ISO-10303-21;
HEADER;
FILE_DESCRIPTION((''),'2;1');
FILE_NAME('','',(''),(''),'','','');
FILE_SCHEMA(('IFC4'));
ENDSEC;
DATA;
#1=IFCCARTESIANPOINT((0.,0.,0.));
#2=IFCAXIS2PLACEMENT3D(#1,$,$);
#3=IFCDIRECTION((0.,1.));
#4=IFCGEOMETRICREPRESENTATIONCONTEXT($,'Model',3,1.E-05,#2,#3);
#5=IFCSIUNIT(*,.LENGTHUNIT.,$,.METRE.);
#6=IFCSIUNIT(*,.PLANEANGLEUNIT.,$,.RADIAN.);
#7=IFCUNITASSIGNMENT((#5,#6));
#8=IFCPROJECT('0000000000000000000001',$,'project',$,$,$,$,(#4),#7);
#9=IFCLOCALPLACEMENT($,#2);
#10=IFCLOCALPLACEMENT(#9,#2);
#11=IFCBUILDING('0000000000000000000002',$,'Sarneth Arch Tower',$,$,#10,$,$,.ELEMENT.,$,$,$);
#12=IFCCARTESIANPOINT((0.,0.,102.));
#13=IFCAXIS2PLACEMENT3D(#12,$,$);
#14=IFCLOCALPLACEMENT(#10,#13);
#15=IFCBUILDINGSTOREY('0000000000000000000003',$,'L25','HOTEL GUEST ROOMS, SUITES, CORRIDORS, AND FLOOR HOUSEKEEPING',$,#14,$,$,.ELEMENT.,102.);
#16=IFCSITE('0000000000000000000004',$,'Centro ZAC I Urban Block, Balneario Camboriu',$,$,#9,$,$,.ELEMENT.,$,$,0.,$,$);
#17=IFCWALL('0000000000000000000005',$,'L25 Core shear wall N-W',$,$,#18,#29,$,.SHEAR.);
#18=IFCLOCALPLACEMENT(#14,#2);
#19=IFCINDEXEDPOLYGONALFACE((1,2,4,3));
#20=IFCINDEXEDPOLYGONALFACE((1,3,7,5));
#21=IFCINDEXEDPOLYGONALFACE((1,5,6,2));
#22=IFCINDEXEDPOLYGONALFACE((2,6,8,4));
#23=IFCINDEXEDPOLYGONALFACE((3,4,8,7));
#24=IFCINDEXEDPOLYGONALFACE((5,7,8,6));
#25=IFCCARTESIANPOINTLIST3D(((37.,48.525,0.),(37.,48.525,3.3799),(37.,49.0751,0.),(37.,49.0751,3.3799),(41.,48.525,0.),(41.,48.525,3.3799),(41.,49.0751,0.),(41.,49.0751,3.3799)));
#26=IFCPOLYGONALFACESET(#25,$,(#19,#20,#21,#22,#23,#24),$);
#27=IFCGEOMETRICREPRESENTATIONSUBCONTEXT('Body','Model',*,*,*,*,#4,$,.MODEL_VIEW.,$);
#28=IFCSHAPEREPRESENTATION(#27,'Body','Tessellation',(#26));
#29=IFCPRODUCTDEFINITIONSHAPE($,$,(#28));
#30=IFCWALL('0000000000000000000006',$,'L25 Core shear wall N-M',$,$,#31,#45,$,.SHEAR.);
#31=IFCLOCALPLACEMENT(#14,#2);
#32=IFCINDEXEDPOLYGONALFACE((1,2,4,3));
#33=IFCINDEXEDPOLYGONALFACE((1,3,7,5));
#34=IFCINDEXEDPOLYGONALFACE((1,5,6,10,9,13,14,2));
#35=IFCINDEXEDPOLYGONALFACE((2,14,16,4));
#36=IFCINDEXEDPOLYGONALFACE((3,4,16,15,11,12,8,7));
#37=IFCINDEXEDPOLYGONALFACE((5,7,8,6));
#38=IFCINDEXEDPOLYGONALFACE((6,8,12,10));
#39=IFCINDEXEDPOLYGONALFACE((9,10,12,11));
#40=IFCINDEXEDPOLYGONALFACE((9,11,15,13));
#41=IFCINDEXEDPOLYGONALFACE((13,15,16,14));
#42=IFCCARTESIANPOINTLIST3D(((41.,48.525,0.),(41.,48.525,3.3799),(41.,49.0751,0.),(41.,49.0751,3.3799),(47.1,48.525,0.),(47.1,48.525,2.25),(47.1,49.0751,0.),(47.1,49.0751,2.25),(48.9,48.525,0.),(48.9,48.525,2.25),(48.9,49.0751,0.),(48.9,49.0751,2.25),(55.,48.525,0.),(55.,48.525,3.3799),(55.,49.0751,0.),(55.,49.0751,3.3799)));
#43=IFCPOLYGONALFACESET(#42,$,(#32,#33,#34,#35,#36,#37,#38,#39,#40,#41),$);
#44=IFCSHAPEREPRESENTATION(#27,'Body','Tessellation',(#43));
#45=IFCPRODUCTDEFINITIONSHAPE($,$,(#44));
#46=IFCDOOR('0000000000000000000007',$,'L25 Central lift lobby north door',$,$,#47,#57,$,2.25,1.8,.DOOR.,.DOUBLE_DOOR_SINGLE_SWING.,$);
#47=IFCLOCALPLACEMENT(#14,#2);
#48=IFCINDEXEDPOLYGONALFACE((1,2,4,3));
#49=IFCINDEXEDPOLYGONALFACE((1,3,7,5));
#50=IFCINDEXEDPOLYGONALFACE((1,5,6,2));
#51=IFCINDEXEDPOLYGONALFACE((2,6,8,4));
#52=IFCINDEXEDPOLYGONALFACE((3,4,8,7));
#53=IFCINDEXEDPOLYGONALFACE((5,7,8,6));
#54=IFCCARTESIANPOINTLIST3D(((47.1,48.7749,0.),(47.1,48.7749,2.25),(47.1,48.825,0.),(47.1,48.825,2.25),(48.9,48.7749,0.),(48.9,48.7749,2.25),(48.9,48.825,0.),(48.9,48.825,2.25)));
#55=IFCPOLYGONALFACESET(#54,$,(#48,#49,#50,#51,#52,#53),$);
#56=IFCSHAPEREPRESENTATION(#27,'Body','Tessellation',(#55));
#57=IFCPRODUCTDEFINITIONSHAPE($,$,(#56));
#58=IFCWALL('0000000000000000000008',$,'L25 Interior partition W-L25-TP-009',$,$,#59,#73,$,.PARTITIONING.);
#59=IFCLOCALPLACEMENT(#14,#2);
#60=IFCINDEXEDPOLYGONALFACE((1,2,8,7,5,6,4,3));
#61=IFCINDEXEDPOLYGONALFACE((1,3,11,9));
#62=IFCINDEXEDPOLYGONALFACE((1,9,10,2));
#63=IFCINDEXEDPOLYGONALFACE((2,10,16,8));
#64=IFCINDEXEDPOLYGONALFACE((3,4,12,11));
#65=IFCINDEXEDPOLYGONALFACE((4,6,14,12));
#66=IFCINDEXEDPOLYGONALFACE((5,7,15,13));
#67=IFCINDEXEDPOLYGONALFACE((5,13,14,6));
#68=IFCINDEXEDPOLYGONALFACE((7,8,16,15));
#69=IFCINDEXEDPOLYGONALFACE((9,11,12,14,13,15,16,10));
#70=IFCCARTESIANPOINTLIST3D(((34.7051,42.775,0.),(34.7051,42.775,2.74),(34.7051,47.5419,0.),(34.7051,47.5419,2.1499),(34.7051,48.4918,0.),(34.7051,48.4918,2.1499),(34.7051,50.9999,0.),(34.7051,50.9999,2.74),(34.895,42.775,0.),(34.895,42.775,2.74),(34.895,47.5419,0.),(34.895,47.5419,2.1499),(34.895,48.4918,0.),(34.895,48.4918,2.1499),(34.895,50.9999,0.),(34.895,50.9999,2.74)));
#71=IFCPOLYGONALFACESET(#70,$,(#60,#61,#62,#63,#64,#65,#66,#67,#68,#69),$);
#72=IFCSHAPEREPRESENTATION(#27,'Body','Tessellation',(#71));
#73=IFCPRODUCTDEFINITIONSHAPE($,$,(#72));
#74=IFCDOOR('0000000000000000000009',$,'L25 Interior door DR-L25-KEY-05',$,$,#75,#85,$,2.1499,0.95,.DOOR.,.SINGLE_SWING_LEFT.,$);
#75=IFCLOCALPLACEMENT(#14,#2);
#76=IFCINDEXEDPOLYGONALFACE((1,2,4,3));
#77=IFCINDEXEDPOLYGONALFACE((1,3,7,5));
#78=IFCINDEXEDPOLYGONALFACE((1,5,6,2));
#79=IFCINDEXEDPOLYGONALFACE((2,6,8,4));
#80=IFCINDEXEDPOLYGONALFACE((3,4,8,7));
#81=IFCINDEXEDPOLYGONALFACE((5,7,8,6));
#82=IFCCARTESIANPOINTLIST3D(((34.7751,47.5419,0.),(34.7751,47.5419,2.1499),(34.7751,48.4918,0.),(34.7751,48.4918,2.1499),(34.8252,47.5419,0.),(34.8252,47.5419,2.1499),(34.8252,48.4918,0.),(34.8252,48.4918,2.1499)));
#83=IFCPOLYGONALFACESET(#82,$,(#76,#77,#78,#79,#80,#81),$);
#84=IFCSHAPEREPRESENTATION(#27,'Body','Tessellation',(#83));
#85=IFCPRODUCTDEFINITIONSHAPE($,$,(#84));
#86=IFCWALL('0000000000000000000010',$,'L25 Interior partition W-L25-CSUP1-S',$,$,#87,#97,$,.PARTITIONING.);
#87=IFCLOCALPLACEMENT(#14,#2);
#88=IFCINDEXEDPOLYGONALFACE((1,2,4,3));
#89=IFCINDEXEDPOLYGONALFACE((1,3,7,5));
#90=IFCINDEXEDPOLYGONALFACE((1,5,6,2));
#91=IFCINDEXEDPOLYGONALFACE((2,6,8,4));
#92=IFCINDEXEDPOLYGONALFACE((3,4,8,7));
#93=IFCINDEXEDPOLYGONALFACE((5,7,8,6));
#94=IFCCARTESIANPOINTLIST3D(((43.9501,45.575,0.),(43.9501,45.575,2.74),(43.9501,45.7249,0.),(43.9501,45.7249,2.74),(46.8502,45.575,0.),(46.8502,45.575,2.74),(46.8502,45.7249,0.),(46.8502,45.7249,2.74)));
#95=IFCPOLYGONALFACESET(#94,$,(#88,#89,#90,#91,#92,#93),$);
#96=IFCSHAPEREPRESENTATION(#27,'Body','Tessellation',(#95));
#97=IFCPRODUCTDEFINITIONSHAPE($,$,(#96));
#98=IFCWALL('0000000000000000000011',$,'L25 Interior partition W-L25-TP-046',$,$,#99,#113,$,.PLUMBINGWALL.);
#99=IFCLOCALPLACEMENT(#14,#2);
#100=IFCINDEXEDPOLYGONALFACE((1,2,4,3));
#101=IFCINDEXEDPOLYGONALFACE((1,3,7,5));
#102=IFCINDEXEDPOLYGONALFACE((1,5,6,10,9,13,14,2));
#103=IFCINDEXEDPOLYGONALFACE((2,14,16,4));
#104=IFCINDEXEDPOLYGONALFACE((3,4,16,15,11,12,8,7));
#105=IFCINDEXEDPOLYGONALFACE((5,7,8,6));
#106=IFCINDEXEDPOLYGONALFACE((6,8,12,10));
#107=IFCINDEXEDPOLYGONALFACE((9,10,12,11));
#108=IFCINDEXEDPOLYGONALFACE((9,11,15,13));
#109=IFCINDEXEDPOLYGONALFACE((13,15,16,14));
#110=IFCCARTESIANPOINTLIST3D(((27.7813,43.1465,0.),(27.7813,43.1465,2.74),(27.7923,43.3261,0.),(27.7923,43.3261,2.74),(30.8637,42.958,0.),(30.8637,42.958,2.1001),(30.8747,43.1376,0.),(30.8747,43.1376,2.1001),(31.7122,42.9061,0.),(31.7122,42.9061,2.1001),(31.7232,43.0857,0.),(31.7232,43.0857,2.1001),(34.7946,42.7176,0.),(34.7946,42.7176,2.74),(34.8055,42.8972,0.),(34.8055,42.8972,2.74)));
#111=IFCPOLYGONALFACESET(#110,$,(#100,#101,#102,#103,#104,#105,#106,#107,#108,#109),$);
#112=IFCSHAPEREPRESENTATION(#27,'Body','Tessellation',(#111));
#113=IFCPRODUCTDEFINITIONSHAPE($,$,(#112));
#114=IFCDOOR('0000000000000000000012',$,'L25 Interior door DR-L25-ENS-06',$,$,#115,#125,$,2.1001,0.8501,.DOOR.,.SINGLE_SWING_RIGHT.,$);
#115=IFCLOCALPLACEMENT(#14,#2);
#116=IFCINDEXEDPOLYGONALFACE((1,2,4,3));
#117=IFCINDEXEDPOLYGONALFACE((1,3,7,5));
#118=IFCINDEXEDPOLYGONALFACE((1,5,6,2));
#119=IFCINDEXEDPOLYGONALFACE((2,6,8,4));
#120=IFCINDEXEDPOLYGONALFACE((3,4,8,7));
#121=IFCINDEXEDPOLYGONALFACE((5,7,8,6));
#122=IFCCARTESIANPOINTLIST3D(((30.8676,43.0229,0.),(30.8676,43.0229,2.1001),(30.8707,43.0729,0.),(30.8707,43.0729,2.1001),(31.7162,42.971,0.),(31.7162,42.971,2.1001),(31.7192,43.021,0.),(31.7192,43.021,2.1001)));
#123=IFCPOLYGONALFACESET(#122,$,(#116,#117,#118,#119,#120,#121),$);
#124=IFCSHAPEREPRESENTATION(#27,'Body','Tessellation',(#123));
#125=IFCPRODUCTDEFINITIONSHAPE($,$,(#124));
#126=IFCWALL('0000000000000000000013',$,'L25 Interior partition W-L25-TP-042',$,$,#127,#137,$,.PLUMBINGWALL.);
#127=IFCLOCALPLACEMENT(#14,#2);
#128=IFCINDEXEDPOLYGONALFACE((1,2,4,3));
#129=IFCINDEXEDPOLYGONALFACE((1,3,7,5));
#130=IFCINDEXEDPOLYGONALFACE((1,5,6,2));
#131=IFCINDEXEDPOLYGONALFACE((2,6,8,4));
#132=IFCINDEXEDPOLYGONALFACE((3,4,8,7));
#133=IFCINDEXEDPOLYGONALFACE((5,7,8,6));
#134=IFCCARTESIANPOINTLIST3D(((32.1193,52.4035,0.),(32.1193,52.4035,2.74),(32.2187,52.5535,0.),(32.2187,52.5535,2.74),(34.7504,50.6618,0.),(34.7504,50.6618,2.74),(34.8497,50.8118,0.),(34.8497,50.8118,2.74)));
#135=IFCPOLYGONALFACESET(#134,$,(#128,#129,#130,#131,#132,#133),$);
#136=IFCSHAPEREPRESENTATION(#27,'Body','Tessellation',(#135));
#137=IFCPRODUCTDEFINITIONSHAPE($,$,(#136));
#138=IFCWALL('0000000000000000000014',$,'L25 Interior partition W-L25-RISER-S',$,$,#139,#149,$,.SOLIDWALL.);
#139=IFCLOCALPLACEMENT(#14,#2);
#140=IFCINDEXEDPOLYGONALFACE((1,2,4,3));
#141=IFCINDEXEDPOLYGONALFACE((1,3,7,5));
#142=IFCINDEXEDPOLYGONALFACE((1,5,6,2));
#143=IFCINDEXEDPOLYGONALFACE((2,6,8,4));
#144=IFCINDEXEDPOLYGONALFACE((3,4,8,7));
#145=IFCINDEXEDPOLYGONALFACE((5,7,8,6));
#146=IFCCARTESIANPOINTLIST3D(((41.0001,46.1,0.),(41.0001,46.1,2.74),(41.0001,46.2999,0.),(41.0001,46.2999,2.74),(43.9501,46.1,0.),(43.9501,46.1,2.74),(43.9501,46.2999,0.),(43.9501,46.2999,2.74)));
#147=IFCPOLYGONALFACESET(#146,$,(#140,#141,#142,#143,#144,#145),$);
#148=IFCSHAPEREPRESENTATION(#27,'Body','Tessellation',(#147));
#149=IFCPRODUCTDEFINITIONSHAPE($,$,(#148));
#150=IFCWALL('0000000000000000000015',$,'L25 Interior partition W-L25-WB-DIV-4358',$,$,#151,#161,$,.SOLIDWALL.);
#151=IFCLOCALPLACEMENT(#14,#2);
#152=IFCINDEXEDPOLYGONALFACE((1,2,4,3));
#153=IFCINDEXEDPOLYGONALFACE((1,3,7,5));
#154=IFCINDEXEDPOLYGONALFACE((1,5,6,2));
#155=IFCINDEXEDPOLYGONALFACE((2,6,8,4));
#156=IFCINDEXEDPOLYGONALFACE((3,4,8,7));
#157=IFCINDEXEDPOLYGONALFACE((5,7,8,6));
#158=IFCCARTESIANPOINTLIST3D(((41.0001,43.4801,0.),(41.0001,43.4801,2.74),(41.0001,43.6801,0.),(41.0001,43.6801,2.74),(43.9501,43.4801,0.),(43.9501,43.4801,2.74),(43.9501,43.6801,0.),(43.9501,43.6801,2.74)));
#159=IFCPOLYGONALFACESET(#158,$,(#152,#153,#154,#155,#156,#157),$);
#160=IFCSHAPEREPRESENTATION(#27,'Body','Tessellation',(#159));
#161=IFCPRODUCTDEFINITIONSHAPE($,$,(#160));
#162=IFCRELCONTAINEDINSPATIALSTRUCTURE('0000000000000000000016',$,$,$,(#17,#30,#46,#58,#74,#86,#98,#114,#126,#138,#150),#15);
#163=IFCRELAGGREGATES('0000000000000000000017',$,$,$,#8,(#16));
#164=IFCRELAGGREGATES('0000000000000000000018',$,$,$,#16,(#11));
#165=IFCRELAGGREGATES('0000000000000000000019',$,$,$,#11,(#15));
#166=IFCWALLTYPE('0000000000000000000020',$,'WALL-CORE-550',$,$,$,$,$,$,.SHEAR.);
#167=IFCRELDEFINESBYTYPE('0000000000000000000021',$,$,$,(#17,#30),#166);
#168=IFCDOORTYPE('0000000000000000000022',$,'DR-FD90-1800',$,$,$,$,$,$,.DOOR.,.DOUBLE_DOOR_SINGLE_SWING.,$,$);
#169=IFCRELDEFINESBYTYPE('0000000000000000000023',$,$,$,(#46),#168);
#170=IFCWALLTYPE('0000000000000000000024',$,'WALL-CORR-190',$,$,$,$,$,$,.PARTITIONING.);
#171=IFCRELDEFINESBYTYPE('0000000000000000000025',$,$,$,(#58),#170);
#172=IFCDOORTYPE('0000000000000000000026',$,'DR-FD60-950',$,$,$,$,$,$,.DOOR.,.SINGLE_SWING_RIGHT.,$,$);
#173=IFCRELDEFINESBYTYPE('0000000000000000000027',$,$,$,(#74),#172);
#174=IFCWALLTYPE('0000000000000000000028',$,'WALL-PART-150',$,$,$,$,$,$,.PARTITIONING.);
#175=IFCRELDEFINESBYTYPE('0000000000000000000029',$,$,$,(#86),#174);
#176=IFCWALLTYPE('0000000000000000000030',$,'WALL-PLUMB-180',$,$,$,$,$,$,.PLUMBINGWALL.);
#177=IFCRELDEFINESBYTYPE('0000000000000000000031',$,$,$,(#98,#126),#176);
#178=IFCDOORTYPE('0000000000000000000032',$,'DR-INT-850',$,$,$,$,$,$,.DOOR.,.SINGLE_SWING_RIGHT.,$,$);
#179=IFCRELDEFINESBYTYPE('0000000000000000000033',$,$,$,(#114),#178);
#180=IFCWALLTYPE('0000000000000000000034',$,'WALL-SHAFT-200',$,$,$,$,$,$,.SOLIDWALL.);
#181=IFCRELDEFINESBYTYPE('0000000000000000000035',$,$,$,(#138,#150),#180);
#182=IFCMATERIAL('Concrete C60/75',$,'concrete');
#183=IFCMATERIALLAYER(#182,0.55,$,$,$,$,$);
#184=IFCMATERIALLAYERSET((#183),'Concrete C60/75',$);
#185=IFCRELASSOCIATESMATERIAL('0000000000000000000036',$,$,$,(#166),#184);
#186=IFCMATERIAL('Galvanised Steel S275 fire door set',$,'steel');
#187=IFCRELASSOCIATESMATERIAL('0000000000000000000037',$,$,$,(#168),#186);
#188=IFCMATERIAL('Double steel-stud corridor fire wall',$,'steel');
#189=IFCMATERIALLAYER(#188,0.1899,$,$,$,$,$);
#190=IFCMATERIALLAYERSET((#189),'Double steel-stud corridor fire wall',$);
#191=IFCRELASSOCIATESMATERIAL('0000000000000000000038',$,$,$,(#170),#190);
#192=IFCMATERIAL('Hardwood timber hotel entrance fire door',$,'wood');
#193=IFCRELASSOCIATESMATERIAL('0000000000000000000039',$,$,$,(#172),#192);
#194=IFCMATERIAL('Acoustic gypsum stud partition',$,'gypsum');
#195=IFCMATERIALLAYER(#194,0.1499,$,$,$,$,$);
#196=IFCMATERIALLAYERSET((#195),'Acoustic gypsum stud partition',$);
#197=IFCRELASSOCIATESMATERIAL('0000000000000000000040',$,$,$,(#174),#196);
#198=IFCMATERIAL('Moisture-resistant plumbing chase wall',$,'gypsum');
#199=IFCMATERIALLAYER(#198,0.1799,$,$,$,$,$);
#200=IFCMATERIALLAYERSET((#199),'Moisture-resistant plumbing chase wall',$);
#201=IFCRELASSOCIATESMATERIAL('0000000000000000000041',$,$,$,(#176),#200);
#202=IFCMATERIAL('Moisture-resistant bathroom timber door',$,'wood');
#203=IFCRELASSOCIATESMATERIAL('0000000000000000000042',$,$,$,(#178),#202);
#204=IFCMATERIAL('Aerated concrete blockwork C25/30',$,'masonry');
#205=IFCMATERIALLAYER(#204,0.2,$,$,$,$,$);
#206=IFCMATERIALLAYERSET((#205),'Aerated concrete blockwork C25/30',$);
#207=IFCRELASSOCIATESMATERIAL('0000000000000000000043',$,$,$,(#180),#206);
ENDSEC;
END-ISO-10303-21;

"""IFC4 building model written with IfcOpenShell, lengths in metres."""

from ifc_helpers import new_model, si_unit, direction, frame, frame_2d, origin, place, context, subcontext, project, spatial, rectangle, extrude, material, layer, layer_set, type_object, element, fill, save


model = new_model("IFC4")

# Units and contexts
model_context = context("Model", 3, precision=1e-05, world=origin(), true_north=direction((0.0, 1.0)))
body_context = subcontext(model_context, "Body", "Model", "MODEL_VIEW")
ifc_project = project(units=[si_unit("LENGTHUNIT", "METRE"), si_unit("PLANEANGLEUNIT", "RADIAN")], contexts=[model_context])

# Site, building, storey
site_placement = place(None, origin())
site = spatial("IfcSite", under=ifc_project, at=site_placement, Name="Centro ZAC I Urban Block, Balneario Camboriu", CompositionType="ELEMENT", RefElevation=0.0)
building_placement = place(site_placement, origin())
building = spatial("IfcBuilding", under=site, at=building_placement, Name="Sarneth Arch Tower", CompositionType="ELEMENT")
storey_placement = place(building_placement, frame((0.0, 0.0, 102.0)))
storey = spatial("IfcBuildingStorey", under=building, at=storey_placement, Name="L25", Description="HOTEL GUEST ROOMS, SUITES, CORRIDORS, AND FLOOR HOUSEKEEPING", CompositionType="ELEMENT", Elevation=102.0)

# Wall
ifc_material_1 = material(Name="Concrete C60/75", Category="concrete")
ifc_layer_1 = layer(ifc_material_1, 0.55)
ifc_layer_set_1 = layer_set([ifc_layer_1], Name="Concrete C60/75")
wall_type_1 = type_object("IfcWallType", Name="WALL-CORE-550", PredefinedType="SHEAR", material=ifc_layer_set_1)
wall_1_placement = place(storey_placement, frame((37.0, 48.8, 0.0), z_axis=(0.0, 0.0, 1.0), x_axis=(1.0, 0.0, 0.0)))
element("IfcWall", 1, at=wall_1_placement, inside=storey, type_object=wall_type_1, Name="L25 Core shear wall N-W", PredefinedType="SHEAR", context=body_context, shape_type="SweptSolid", body=[
    extrude(rectangle(XDim=4.0, YDim=0.55, at=frame_2d((2.0, 0.0))), origin(), (0.0, 0.0, 1.0), 3.3799),
])

# Walls, openings, doors
wall_2_placement = place(storey_placement, frame((41.0, 48.8, 0.0), z_axis=(0.0, 0.0, 1.0), x_axis=(1.0, 0.0, 0.0)))
wall_2 = element("IfcWall", 2, at=wall_2_placement, inside=storey, type_object=wall_type_1, Name="L25 Core shear wall N-M", PredefinedType="SHEAR", context=body_context, shape_type="SweptSolid", body=[
    extrude(rectangle(XDim=14.0, YDim=0.55, at=frame_2d((7.0, 0.0))), origin(), (0.0, 0.0, 1.0), 3.3799),
])
opening_1_placement = place(wall_2_placement, frame((6.1001, 0.0, 0.0)))
opening_1 = element("IfcOpeningElement", 3, at=opening_1_placement, cuts=wall_2, PredefinedType="OPENING", context=body_context, shape_type="SweptSolid", body=[
    extrude(rectangle(XDim=1.8, YDim=2.25, at=frame_2d((0.8999, 1.125))), frame((0.0, 0.2849, 0.0), z_axis=(0.0, -1.0, 0.0), x_axis=(1.0, 0.0, 0.0)), (0.0, 0.0, 1.0), 0.5701),
])
ifc_material_2 = material(Name="Galvanised Steel S275 fire door set", Category="steel")
door_type_1 = type_object("IfcDoorType", Name="DR-FD90-1800", OperationType="DOUBLE_DOOR_SINGLE_SWING", PredefinedType="DOOR", material=ifc_material_2)
door_1_placement = place(opening_1_placement, origin())
door_1 = element("IfcDoor", 4, at=door_1_placement, inside=storey, type_object=door_type_1, Name="L25 Central lift lobby north door", OperationType="DOUBLE_DOOR_SINGLE_SWING", OverallHeight=2.25, OverallWidth=1.8, PredefinedType="DOOR", context=body_context, shape_type="SweptSolid", body=[
    extrude(rectangle(XDim=1.8, YDim=2.25, at=frame_2d((0.8999, 1.125))), frame((0.0, 0.0249, 0.0), z_axis=(0.0, -1.0, 0.0), x_axis=(1.0, 0.0, 0.0)), (0.0, 0.0, 1.0), 0.05),
])
fill(opening_1, door_1)
ifc_material_3 = material(Name="Double steel-stud corridor fire wall", Category="steel")
ifc_layer_2 = layer(ifc_material_3, 0.1899)
ifc_layer_set_2 = layer_set([ifc_layer_2], Name="Double steel-stud corridor fire wall")
wall_type_2 = type_object("IfcWallType", Name="WALL-CORR-190", PredefinedType="PARTITIONING", material=ifc_layer_set_2)
wall_3_placement = place(storey_placement, frame((34.8, 42.7751, 0.0), z_axis=(0.0, 0.0, 1.0), x_axis=(0.0, 1.0, 0.0)))
wall_3 = element("IfcWall", 5, at=wall_3_placement, inside=storey, type_object=wall_type_2, Name="L25 Interior partition W-L25-TP-009", PredefinedType="PARTITIONING", context=body_context, shape_type="SweptSolid", body=[
    extrude(rectangle(XDim=8.2249, YDim=0.1899, at=frame_2d((4.1123, 0.0))), origin(), (0.0, 0.0, 1.0), 2.74),
])
opening_2_placement = place(wall_3_placement, frame((4.7666, 0.0, 0.0)))
opening_2 = element("IfcOpeningElement", 6, at=opening_2_placement, cuts=wall_3, PredefinedType="OPENING", context=body_context, shape_type="SweptSolid", body=[
    extrude(rectangle(XDim=0.95, YDim=2.1499, at=frame_2d((0.4751, 1.075))), frame((0.0, 0.105, 0.0), z_axis=(0.0, -1.0, 0.0), x_axis=(1.0, 0.0, 0.0)), (0.0, 0.0, 1.0), 0.21),
])
ifc_material_4 = material(Name="Hardwood timber hotel entrance fire door", Category="wood")
door_type_2 = type_object("IfcDoorType", Name="DR-FD60-950", OperationType="SINGLE_SWING_RIGHT", PredefinedType="DOOR", material=ifc_material_4)
door_2_placement = place(opening_2_placement, origin())
door_2 = element("IfcDoor", 7, at=door_2_placement, inside=storey, type_object=door_type_2, Name="L25 Interior door DR-L25-KEY-05", OperationType="SINGLE_SWING_LEFT", OverallHeight=2.1499, OverallWidth=0.95, PredefinedType="DOOR", context=body_context, shape_type="SweptSolid", body=[
    extrude(rectangle(XDim=0.95, YDim=2.1499, at=frame_2d((0.4751, 1.075))), frame((0.0, 0.0249, 0.0), z_axis=(0.0, -1.0, 0.0), x_axis=(1.0, 0.0, 0.0)), (0.0, 0.0, 1.0), 0.05),
])
fill(opening_2, door_2)

# Wall
ifc_material_5 = material(Name="Acoustic gypsum stud partition", Category="gypsum")
ifc_layer_3 = layer(ifc_material_5, 0.1499)
ifc_layer_set_3 = layer_set([ifc_layer_3], Name="Acoustic gypsum stud partition")
wall_type_3 = type_object("IfcWallType", Name="WALL-PART-150", PredefinedType="PARTITIONING", material=ifc_layer_set_3)
wall_4_placement = place(storey_placement, frame((43.95, 45.6499, 0.0), z_axis=(0.0, 0.0, 1.0), x_axis=(1.0, 0.0, 0.0)))
element("IfcWall", 8, at=wall_4_placement, inside=storey, type_object=wall_type_3, Name="L25 Interior partition W-L25-CSUP1-S", PredefinedType="PARTITIONING", context=body_context, shape_type="SweptSolid", body=[
    extrude(rectangle(XDim=2.9001, YDim=0.1499, at=frame_2d((1.4502, 0.0))), origin(), (0.0, 0.0, 1.0), 2.74),
])

# Wall, opening, door
ifc_material_6 = material(Name="Moisture-resistant plumbing chase wall", Category="gypsum")
ifc_layer_4 = layer(ifc_material_6, 0.1799)
ifc_layer_set_4 = layer_set([ifc_layer_4], Name="Moisture-resistant plumbing chase wall")
wall_type_4 = type_object("IfcWallType", Name="WALL-PLUMB-180", PredefinedType="PLUMBINGWALL", material=ifc_layer_set_4)
wall_5_placement = place(storey_placement, frame((34.8, 42.8074, 0.0), z_axis=(0.0, 0.0, 1.0), x_axis=(-0.998135, 0.06105, 0.0)))
wall_5 = element("IfcWall", 9, at=wall_5_placement, inside=storey, type_object=wall_type_4, Name="L25 Interior partition W-L25-TP-046", PredefinedType="PLUMBINGWALL", context=body_context, shape_type="SweptSolid", body=[
    extrude(rectangle(XDim=7.0264, YDim=0.1799, at=frame_2d((3.5132, 0.0))), origin(), (0.0, 0.0, 1.0), 2.74),
])
opening_3_placement = place(wall_5_placement, frame((3.0881, 0.0, 0.0)))
opening_3 = element("IfcOpeningElement", 10, at=opening_3_placement, cuts=wall_5, PredefinedType="OPENING", context=body_context, shape_type="SweptSolid", body=[
    extrude(rectangle(XDim=0.8501, YDim=2.1001, at=frame_2d((0.425, 1.05))), frame((0.0, 0.0999, 0.0), z_axis=(0.0, -1.0, 0.0), x_axis=(1.0, 0.0, 0.0)), (0.0, 0.0, 1.0), 0.2),
])
ifc_material_7 = material(Name="Moisture-resistant bathroom timber door", Category="wood")
door_type_3 = type_object("IfcDoorType", Name="DR-INT-850", OperationType="SINGLE_SWING_RIGHT", PredefinedType="DOOR", material=ifc_material_7)
door_3_placement = place(opening_3_placement, origin())
door_3 = element("IfcDoor", 11, at=door_3_placement, inside=storey, type_object=door_type_3, Name="L25 Interior door DR-L25-ENS-06", OperationType="SINGLE_SWING_RIGHT", OverallHeight=2.1001, OverallWidth=0.8501, PredefinedType="DOOR", context=body_context, shape_type="SweptSolid", body=[
    extrude(rectangle(XDim=0.8501, YDim=2.1001, at=frame_2d((0.425, 1.05))), frame((0.0, 0.0249, 0.0), z_axis=(0.0, -1.0, 0.0), x_axis=(1.0, 0.0, 0.0)), (0.0, 0.0, 1.0), 0.05),
])
fill(opening_3, door_3)

# Walls
wall_6_placement = place(storey_placement, frame((34.8, 50.7368, 0.0), z_axis=(0.0, 0.0, 1.0), x_axis=(-0.833855, 0.551983, 0.0)))
element("IfcWall", 12, at=wall_6_placement, inside=storey, type_object=wall_type_4, Name="L25 Interior partition W-L25-TP-042", PredefinedType="PLUMBINGWALL", context=body_context, shape_type="SweptSolid", body=[
    extrude(rectangle(XDim=3.1553, YDim=0.1799, at=frame_2d((1.5776, 0.0))), origin(), (0.0, 0.0, 1.0), 2.74),
])
ifc_material_8 = material(Name="Aerated concrete blockwork C25/30", Category="masonry")
ifc_layer_5 = layer(ifc_material_8, 0.2)
ifc_layer_set_5 = layer_set([ifc_layer_5], Name="Aerated concrete blockwork C25/30")
wall_type_5 = type_object("IfcWallType", Name="WALL-SHAFT-200", PredefinedType="SOLIDWALL", material=ifc_layer_set_5)
wall_7_placement = place(storey_placement, frame((41.0, 46.2, 0.0), z_axis=(0.0, 0.0, 1.0), x_axis=(1.0, 0.0, 0.0)))
element("IfcWall", 13, at=wall_7_placement, inside=storey, type_object=wall_type_5, Name="L25 Interior partition W-L25-RISER-S", PredefinedType="SOLIDWALL", context=body_context, shape_type="SweptSolid", body=[
    extrude(rectangle(XDim=2.95, YDim=0.2, at=frame_2d((1.4751, 0.0))), origin(), (0.0, 0.0, 1.0), 2.74),
])

# Wall
wall_8_placement = place(storey_placement, frame((41.0, 43.5801, 0.0), z_axis=(0.0, 0.0, 1.0), x_axis=(1.0, 0.0, 0.0)))
element("IfcWall", 14, at=wall_8_placement, inside=storey, type_object=wall_type_5, Name="L25 Interior partition W-L25-WB-DIV-4358", PredefinedType="SOLIDWALL", context=body_context, shape_type="SweptSolid", body=[
    extrude(rectangle(XDim=2.95, YDim=0.2, at=frame_2d((1.4751, 0.0))), origin(), (0.0, 0.0, 1.0), 2.74),
])

save(model, "model.ifc")
